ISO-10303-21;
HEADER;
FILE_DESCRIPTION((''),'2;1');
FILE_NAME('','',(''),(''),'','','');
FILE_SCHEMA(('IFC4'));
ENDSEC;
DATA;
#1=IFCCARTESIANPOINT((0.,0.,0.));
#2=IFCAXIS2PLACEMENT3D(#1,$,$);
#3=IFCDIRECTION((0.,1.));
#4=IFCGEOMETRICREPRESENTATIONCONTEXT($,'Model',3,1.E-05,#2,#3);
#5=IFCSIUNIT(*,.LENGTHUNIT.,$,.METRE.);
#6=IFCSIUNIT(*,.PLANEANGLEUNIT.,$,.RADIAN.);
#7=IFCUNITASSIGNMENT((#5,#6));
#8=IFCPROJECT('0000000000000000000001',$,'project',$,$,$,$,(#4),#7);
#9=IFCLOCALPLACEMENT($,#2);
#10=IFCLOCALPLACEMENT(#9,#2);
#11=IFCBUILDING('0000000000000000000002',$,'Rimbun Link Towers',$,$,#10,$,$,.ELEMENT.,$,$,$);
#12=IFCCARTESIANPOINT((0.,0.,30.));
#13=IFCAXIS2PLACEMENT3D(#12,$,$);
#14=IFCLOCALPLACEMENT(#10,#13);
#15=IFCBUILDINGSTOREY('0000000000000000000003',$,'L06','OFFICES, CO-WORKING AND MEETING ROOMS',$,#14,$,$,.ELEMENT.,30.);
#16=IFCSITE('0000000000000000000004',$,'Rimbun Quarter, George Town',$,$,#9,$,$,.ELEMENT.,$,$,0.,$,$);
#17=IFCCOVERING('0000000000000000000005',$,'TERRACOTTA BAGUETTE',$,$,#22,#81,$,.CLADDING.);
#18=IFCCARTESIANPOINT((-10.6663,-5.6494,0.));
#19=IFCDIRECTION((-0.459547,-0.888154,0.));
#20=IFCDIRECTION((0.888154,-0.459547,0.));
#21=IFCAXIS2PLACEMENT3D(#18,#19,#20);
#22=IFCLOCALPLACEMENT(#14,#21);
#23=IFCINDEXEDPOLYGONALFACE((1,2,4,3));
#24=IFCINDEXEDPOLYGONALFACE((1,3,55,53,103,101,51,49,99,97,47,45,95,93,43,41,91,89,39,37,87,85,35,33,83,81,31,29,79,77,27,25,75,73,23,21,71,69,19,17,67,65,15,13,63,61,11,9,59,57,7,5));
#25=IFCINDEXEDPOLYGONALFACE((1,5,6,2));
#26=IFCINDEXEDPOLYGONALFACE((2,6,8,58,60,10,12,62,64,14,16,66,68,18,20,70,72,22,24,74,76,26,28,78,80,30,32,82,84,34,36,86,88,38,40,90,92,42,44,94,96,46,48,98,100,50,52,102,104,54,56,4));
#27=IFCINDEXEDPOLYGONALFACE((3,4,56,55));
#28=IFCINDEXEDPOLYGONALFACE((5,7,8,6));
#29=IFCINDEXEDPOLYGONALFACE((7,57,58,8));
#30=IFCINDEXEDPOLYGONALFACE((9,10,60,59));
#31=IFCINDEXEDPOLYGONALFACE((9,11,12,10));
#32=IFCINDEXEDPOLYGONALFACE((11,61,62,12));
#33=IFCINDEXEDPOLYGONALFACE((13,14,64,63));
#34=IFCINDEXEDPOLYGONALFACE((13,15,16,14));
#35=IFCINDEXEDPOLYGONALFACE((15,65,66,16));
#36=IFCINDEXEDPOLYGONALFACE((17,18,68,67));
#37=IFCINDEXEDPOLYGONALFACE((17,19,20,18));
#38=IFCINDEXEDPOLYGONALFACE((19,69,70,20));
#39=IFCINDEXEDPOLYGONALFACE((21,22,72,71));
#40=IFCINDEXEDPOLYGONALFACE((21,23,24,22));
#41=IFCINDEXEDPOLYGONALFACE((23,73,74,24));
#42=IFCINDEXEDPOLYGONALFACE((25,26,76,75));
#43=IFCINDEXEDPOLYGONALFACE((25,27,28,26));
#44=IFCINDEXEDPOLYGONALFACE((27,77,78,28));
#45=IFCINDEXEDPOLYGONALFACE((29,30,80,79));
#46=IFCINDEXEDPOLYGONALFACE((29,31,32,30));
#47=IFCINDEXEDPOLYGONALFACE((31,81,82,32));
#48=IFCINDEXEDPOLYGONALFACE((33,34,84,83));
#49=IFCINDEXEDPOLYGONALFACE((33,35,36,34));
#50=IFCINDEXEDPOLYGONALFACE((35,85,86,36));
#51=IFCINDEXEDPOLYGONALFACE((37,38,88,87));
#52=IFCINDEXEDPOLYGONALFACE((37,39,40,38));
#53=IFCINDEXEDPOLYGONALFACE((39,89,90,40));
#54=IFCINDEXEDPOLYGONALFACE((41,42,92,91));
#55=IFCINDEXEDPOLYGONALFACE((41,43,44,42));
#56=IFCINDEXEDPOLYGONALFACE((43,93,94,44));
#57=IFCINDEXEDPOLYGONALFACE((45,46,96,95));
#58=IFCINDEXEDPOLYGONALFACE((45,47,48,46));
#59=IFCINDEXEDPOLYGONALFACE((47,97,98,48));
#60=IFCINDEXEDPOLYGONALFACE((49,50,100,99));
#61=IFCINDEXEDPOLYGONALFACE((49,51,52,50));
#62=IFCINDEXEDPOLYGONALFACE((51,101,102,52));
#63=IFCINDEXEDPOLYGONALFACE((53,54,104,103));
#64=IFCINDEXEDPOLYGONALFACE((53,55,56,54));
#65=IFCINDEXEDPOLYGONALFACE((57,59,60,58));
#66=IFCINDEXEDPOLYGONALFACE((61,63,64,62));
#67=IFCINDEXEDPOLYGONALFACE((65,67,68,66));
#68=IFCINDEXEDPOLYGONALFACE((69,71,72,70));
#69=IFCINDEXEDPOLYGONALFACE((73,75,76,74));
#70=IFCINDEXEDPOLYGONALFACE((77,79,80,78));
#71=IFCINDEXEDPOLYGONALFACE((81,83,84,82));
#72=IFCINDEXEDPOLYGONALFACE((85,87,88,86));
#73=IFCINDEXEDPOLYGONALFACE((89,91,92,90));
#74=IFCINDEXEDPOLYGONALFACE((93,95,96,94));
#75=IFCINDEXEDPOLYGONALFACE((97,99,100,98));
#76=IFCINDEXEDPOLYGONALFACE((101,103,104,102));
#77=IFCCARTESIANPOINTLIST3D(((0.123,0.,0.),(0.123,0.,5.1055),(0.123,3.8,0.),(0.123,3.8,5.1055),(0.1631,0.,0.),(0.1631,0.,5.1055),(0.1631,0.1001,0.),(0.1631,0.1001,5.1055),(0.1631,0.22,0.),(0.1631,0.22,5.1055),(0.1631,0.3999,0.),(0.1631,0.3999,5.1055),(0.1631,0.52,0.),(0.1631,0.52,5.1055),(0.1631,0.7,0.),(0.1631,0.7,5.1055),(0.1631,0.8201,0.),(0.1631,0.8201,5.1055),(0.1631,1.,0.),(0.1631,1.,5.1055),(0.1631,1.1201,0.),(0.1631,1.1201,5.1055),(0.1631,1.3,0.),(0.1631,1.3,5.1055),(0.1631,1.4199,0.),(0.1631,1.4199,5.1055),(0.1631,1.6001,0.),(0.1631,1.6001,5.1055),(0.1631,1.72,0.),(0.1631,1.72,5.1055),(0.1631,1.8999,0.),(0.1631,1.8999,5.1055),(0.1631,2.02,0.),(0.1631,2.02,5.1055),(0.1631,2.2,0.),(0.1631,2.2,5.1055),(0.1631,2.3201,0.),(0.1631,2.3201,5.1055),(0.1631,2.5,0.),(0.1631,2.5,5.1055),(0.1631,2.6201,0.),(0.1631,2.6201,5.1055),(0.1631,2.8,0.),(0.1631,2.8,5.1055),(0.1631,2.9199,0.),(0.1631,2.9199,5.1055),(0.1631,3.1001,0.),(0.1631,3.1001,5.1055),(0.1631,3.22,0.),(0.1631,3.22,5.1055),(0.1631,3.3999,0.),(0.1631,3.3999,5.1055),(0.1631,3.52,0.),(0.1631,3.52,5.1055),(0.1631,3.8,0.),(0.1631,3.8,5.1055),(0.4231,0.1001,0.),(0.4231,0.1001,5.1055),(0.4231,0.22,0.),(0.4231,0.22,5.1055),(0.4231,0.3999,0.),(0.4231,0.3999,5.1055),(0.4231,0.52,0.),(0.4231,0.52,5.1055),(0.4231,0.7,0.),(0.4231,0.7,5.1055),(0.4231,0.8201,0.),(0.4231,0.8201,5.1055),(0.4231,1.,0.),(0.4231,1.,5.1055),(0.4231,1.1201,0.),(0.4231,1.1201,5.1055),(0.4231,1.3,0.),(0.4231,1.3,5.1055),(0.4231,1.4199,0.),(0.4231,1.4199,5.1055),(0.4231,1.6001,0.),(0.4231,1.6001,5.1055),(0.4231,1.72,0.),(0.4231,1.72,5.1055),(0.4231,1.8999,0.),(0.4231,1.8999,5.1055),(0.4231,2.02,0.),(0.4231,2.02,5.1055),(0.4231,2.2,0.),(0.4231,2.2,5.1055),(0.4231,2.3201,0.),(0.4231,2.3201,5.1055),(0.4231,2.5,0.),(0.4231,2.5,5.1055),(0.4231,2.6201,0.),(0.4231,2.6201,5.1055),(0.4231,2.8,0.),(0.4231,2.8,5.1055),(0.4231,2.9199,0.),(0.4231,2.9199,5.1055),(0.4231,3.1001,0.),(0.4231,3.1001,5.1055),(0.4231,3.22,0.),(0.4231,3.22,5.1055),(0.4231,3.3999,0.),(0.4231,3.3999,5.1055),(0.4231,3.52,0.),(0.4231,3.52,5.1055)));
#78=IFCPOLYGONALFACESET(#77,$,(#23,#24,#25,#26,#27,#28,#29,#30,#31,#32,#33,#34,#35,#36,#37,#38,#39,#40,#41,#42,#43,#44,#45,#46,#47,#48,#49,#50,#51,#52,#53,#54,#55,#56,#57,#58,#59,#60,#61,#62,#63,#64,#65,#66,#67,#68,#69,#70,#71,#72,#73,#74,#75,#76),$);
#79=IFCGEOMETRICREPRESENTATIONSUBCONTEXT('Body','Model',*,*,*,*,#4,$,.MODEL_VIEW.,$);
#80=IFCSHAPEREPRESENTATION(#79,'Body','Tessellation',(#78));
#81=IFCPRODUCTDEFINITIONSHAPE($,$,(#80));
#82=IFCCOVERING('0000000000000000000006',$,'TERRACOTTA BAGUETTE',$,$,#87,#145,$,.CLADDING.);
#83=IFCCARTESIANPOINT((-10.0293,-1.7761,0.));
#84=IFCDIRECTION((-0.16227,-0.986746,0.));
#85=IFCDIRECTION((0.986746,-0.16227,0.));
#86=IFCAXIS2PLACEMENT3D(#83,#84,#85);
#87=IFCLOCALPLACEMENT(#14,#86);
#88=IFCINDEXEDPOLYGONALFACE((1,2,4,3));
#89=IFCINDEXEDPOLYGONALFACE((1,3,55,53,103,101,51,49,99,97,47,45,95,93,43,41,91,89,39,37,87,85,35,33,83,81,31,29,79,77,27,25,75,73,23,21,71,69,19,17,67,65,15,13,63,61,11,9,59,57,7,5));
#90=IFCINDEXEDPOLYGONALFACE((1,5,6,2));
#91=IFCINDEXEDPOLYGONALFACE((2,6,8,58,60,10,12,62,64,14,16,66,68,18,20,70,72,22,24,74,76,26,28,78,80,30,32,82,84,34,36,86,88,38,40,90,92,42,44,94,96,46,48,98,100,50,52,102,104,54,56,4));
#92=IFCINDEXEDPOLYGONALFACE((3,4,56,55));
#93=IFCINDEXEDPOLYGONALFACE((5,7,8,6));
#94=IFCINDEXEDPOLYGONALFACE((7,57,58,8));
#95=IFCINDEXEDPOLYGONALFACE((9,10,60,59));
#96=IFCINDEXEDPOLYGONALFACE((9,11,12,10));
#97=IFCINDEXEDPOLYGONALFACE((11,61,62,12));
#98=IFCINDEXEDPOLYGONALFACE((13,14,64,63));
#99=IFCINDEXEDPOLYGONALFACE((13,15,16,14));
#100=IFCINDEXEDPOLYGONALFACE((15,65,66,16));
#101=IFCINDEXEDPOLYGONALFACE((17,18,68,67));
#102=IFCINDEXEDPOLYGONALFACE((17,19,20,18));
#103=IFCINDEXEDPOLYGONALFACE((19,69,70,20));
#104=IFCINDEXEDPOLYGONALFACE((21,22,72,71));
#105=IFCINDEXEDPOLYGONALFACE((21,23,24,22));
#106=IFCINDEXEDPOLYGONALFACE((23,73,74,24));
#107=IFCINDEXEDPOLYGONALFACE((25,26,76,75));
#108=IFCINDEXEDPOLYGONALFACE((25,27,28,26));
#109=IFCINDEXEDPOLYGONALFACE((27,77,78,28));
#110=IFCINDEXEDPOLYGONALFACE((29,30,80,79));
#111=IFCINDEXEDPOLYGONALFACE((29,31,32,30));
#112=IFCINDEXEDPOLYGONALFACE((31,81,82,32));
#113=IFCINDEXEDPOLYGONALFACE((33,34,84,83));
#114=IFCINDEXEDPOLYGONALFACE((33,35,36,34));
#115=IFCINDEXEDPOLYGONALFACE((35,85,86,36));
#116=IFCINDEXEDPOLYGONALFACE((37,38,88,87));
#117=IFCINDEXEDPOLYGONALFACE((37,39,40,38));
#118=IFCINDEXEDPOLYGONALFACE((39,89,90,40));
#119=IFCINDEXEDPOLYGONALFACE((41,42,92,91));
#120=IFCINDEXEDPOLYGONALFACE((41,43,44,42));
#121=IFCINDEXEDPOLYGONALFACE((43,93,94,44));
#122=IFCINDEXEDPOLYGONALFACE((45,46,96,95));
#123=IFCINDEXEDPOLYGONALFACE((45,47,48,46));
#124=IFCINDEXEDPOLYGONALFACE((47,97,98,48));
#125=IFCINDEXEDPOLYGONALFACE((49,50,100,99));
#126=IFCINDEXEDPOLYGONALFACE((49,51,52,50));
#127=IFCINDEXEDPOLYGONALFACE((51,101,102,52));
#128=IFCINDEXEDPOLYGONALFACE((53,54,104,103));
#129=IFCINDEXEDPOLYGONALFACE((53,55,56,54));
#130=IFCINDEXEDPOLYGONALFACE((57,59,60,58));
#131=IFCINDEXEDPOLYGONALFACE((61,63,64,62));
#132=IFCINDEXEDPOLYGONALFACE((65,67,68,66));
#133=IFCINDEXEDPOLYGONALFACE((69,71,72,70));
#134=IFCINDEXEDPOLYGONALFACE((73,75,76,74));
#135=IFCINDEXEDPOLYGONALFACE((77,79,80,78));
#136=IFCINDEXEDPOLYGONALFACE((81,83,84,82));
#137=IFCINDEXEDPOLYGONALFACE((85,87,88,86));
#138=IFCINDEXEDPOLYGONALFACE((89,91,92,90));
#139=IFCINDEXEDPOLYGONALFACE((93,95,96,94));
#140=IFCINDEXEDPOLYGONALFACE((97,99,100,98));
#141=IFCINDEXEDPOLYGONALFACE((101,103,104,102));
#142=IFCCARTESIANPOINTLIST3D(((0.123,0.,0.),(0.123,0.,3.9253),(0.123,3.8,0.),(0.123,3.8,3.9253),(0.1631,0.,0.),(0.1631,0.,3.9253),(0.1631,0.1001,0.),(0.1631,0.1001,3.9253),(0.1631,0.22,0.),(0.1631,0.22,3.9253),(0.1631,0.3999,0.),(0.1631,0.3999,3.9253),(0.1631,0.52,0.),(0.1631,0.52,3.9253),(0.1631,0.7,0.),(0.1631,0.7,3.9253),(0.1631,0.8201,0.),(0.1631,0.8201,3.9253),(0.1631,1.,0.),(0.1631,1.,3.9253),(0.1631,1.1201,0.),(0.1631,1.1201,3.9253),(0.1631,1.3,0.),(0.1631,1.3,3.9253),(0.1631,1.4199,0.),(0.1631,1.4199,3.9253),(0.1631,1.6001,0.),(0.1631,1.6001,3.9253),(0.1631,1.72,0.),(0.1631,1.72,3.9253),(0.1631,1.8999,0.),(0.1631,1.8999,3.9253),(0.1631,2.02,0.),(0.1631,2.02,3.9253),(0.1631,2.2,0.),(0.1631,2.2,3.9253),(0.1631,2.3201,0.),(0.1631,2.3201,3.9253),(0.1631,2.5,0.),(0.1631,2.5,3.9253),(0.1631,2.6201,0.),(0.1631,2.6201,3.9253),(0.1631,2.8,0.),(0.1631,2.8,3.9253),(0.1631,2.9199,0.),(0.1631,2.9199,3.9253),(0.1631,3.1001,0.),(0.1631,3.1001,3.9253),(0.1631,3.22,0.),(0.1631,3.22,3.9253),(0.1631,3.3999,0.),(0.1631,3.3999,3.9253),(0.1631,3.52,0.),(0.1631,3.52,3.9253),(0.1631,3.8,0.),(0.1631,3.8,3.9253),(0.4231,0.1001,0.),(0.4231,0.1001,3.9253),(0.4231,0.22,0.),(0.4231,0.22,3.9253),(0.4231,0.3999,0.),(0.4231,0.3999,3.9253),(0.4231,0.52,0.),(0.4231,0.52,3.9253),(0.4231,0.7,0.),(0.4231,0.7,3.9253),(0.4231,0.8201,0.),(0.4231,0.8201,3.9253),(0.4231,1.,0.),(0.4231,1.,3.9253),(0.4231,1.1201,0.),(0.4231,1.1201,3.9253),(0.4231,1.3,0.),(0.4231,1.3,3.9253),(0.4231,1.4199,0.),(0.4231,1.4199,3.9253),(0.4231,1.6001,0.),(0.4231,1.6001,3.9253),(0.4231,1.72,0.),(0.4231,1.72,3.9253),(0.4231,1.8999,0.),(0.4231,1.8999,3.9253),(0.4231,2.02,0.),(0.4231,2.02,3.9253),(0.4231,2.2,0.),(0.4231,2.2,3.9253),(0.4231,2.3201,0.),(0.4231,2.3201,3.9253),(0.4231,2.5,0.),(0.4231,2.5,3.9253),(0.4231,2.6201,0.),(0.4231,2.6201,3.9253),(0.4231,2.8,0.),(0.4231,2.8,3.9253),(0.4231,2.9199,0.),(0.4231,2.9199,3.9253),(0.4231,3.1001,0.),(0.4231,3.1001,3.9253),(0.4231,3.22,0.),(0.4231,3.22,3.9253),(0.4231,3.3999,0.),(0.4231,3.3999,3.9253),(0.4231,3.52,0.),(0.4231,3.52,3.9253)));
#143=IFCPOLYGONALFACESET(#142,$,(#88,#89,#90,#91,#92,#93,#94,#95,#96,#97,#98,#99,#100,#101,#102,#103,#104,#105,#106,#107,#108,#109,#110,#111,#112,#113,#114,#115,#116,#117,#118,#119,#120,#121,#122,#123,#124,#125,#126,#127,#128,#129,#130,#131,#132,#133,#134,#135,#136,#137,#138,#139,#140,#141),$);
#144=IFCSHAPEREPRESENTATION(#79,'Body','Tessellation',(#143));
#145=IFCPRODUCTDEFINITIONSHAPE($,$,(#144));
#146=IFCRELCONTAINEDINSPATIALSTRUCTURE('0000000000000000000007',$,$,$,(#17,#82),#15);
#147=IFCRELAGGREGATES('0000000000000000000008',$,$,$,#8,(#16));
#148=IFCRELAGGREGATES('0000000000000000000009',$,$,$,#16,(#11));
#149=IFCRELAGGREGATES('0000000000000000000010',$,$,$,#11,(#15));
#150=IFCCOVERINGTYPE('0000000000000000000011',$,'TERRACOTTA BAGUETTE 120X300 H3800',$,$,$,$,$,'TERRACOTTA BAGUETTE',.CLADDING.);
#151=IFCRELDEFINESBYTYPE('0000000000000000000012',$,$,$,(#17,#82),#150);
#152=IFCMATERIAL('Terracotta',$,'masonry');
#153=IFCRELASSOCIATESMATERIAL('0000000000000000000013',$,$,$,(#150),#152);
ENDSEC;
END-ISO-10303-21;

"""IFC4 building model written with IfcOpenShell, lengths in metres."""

from ifc_helpers import new_model, si_unit, direction, frame, origin, place, context, subcontext, project, spatial, polyline, outline, extrude, material, material_profile, profile_set, type_object, element, save


model = new_model("IFC4")

# Units and contexts
model_context = context("Model", 3, precision=1e-05, world=origin(), true_north=direction((0.0, 1.0)))
body_context = subcontext(model_context, "Body", "Model", "MODEL_VIEW")
ifc_project = project(units=[si_unit("LENGTHUNIT", "METRE"), si_unit("PLANEANGLEUNIT", "RADIAN")], contexts=[model_context])

# Site, building, storey
site_placement = place(None, origin())
site = spatial("IfcSite", under=ifc_project, at=site_placement, Name="Rimbun Quarter, George Town", CompositionType="ELEMENT", RefElevation=0.0)
building_placement = place(site_placement, origin())
building = spatial("IfcBuilding", under=site, at=building_placement, Name="Rimbun Link Towers", CompositionType="ELEMENT")
storey_placement = place(building_placement, frame((0.0, 0.0, 30.0)))
storey = spatial("IfcBuildingStorey", under=building, at=storey_placement, Name="L06", Description="OFFICES, CO-WORKING AND MEETING ROOMS", CompositionType="ELEMENT", Elevation=30.0)

# Coverings
ifc_material_1 = material(Name="Terracotta", Category="masonry")
ifc_material_profile_1 = material_profile(ifc_material_1, outline(polyline([(0.123, 0.0), (0.1631, 0.0), (0.1631, 0.1001), (0.4231, 0.1001), (0.4231, 0.22), (0.1631, 0.22), (0.1631, 0.3999), (0.4231, 0.3999), (0.4231, 0.52), (0.1631, 0.52), (0.1631, 0.7), (0.4231, 0.7), (0.4231, 0.8201), (0.1631, 0.8201), (0.1631, 1.0), (0.4231, 1.0), (0.4231, 1.1201), (0.1631, 1.1201), (0.1631, 1.3), (0.4231, 1.3), (0.4231, 1.4199), (0.1631, 1.4199), (0.1631, 1.6001), (0.4231, 1.6001), (0.4231, 1.72), (0.1631, 1.72), (0.1631, 1.8999), (0.4231, 1.8999), (0.4231, 2.02), (0.1631, 2.02), (0.1631, 2.2), (0.4231, 2.2), (0.4231, 2.3201), (0.1631, 2.3201), (0.1631, 2.5), (0.4231, 2.5), (0.4231, 2.6201), (0.1631, 2.6201), (0.1631, 2.8), (0.4231, 2.8), (0.4231, 2.9199), (0.1631, 2.9199), (0.1631, 3.1001), (0.4231, 3.1001), (0.4231, 3.22), (0.1631, 3.22), (0.1631, 3.3999), (0.4231, 3.3999), (0.4231, 3.52), (0.1631, 3.52), (0.1631, 3.8), (0.123, 3.8), (0.123, 0.0)])), Name="BAGUETTE 120X300")
ifc_profile_set_1 = profile_set([ifc_material_profile_1], Name="Terracotta")
covering_type = type_object("IfcCoveringType", Name="TERRACOTTA BAGUETTE 120X300 H3800", ElementType="TERRACOTTA BAGUETTE", PredefinedType="CLADDING", material=ifc_profile_set_1)
covering_1_placement = place(storey_placement, frame((-10.6663, -5.6494, 0.0), z_axis=(-0.459547, -0.888154, 0.0), x_axis=(0.888154, -0.459547, 0.0)))
element("IfcCovering", 1, at=covering_1_placement, inside=storey, type_object=covering_type, Name="TERRACOTTA BAGUETTE", PredefinedType="CLADDING", context=body_context, shape_type="SweptSolid", body=[
    extrude(outline(polyline([(0.123, 0.0), (0.1631, 0.0), (0.1631, 0.1001), (0.4231, 0.1001), (0.4231, 0.22), (0.1631, 0.22), (0.1631, 0.3999), (0.4231, 0.3999), (0.4231, 0.52), (0.1631, 0.52), (0.1631, 0.7), (0.4231, 0.7), (0.4231, 0.8201), (0.1631, 0.8201), (0.1631, 1.0), (0.4231, 1.0), (0.4231, 1.1201), (0.1631, 1.1201), (0.1631, 1.3), (0.4231, 1.3), (0.4231, 1.4199), (0.1631, 1.4199), (0.1631, 1.6001), (0.4231, 1.6001), (0.4231, 1.72), (0.1631, 1.72), (0.1631, 1.8999), (0.4231, 1.8999), (0.4231, 2.02), (0.1631, 2.02), (0.1631, 2.2), (0.4231, 2.2), (0.4231, 2.3201), (0.1631, 2.3201), (0.1631, 2.5), (0.4231, 2.5), (0.4231, 2.6201), (0.1631, 2.6201), (0.1631, 2.8), (0.4231, 2.8), (0.4231, 2.9199), (0.1631, 2.9199), (0.1631, 3.1001), (0.4231, 3.1001), (0.4231, 3.22), (0.1631, 3.22), (0.1631, 3.3999), (0.4231, 3.3999), (0.4231, 3.52), (0.1631, 3.52), (0.1631, 3.8), (0.123, 3.8), (0.123, 0.0)])), origin(), (0.0, 0.0, 1.0), 5.1055),
])
covering_2_placement = place(storey_placement, frame((-10.0293, -1.7761, 0.0), z_axis=(-0.16227, -0.986746, 0.0), x_axis=(0.986746, -0.16227, 0.0)))
element("IfcCovering", 2, at=covering_2_placement, inside=storey, type_object=covering_type, Name="TERRACOTTA BAGUETTE", PredefinedType="CLADDING", context=body_context, shape_type="SweptSolid", body=[
    extrude(outline(polyline([(0.123, 0.0), (0.1631, 0.0), (0.1631, 0.1001), (0.4231, 0.1001), (0.4231, 0.22), (0.1631, 0.22), (0.1631, 0.3999), (0.4231, 0.3999), (0.4231, 0.52), (0.1631, 0.52), (0.1631, 0.7), (0.4231, 0.7), (0.4231, 0.8201), (0.1631, 0.8201), (0.1631, 1.0), (0.4231, 1.0), (0.4231, 1.1201), (0.1631, 1.1201), (0.1631, 1.3), (0.4231, 1.3), (0.4231, 1.4199), (0.1631, 1.4199), (0.1631, 1.6001), (0.4231, 1.6001), (0.4231, 1.72), (0.1631, 1.72), (0.1631, 1.8999), (0.4231, 1.8999), (0.4231, 2.02), (0.1631, 2.02), (0.1631, 2.2), (0.4231, 2.2), (0.4231, 2.3201), (0.1631, 2.3201), (0.1631, 2.5), (0.4231, 2.5), (0.4231, 2.6201), (0.1631, 2.6201), (0.1631, 2.8), (0.4231, 2.8), (0.4231, 2.9199), (0.1631, 2.9199), (0.1631, 3.1001), (0.4231, 3.1001), (0.4231, 3.22), (0.1631, 3.22), (0.1631, 3.3999), (0.4231, 3.3999), (0.4231, 3.52), (0.1631, 3.52), (0.1631, 3.8), (0.123, 3.8), (0.123, 0.0)])), origin(), (0.0, 0.0, 1.0), 3.9253),
])

save(model, "model.ifc")
